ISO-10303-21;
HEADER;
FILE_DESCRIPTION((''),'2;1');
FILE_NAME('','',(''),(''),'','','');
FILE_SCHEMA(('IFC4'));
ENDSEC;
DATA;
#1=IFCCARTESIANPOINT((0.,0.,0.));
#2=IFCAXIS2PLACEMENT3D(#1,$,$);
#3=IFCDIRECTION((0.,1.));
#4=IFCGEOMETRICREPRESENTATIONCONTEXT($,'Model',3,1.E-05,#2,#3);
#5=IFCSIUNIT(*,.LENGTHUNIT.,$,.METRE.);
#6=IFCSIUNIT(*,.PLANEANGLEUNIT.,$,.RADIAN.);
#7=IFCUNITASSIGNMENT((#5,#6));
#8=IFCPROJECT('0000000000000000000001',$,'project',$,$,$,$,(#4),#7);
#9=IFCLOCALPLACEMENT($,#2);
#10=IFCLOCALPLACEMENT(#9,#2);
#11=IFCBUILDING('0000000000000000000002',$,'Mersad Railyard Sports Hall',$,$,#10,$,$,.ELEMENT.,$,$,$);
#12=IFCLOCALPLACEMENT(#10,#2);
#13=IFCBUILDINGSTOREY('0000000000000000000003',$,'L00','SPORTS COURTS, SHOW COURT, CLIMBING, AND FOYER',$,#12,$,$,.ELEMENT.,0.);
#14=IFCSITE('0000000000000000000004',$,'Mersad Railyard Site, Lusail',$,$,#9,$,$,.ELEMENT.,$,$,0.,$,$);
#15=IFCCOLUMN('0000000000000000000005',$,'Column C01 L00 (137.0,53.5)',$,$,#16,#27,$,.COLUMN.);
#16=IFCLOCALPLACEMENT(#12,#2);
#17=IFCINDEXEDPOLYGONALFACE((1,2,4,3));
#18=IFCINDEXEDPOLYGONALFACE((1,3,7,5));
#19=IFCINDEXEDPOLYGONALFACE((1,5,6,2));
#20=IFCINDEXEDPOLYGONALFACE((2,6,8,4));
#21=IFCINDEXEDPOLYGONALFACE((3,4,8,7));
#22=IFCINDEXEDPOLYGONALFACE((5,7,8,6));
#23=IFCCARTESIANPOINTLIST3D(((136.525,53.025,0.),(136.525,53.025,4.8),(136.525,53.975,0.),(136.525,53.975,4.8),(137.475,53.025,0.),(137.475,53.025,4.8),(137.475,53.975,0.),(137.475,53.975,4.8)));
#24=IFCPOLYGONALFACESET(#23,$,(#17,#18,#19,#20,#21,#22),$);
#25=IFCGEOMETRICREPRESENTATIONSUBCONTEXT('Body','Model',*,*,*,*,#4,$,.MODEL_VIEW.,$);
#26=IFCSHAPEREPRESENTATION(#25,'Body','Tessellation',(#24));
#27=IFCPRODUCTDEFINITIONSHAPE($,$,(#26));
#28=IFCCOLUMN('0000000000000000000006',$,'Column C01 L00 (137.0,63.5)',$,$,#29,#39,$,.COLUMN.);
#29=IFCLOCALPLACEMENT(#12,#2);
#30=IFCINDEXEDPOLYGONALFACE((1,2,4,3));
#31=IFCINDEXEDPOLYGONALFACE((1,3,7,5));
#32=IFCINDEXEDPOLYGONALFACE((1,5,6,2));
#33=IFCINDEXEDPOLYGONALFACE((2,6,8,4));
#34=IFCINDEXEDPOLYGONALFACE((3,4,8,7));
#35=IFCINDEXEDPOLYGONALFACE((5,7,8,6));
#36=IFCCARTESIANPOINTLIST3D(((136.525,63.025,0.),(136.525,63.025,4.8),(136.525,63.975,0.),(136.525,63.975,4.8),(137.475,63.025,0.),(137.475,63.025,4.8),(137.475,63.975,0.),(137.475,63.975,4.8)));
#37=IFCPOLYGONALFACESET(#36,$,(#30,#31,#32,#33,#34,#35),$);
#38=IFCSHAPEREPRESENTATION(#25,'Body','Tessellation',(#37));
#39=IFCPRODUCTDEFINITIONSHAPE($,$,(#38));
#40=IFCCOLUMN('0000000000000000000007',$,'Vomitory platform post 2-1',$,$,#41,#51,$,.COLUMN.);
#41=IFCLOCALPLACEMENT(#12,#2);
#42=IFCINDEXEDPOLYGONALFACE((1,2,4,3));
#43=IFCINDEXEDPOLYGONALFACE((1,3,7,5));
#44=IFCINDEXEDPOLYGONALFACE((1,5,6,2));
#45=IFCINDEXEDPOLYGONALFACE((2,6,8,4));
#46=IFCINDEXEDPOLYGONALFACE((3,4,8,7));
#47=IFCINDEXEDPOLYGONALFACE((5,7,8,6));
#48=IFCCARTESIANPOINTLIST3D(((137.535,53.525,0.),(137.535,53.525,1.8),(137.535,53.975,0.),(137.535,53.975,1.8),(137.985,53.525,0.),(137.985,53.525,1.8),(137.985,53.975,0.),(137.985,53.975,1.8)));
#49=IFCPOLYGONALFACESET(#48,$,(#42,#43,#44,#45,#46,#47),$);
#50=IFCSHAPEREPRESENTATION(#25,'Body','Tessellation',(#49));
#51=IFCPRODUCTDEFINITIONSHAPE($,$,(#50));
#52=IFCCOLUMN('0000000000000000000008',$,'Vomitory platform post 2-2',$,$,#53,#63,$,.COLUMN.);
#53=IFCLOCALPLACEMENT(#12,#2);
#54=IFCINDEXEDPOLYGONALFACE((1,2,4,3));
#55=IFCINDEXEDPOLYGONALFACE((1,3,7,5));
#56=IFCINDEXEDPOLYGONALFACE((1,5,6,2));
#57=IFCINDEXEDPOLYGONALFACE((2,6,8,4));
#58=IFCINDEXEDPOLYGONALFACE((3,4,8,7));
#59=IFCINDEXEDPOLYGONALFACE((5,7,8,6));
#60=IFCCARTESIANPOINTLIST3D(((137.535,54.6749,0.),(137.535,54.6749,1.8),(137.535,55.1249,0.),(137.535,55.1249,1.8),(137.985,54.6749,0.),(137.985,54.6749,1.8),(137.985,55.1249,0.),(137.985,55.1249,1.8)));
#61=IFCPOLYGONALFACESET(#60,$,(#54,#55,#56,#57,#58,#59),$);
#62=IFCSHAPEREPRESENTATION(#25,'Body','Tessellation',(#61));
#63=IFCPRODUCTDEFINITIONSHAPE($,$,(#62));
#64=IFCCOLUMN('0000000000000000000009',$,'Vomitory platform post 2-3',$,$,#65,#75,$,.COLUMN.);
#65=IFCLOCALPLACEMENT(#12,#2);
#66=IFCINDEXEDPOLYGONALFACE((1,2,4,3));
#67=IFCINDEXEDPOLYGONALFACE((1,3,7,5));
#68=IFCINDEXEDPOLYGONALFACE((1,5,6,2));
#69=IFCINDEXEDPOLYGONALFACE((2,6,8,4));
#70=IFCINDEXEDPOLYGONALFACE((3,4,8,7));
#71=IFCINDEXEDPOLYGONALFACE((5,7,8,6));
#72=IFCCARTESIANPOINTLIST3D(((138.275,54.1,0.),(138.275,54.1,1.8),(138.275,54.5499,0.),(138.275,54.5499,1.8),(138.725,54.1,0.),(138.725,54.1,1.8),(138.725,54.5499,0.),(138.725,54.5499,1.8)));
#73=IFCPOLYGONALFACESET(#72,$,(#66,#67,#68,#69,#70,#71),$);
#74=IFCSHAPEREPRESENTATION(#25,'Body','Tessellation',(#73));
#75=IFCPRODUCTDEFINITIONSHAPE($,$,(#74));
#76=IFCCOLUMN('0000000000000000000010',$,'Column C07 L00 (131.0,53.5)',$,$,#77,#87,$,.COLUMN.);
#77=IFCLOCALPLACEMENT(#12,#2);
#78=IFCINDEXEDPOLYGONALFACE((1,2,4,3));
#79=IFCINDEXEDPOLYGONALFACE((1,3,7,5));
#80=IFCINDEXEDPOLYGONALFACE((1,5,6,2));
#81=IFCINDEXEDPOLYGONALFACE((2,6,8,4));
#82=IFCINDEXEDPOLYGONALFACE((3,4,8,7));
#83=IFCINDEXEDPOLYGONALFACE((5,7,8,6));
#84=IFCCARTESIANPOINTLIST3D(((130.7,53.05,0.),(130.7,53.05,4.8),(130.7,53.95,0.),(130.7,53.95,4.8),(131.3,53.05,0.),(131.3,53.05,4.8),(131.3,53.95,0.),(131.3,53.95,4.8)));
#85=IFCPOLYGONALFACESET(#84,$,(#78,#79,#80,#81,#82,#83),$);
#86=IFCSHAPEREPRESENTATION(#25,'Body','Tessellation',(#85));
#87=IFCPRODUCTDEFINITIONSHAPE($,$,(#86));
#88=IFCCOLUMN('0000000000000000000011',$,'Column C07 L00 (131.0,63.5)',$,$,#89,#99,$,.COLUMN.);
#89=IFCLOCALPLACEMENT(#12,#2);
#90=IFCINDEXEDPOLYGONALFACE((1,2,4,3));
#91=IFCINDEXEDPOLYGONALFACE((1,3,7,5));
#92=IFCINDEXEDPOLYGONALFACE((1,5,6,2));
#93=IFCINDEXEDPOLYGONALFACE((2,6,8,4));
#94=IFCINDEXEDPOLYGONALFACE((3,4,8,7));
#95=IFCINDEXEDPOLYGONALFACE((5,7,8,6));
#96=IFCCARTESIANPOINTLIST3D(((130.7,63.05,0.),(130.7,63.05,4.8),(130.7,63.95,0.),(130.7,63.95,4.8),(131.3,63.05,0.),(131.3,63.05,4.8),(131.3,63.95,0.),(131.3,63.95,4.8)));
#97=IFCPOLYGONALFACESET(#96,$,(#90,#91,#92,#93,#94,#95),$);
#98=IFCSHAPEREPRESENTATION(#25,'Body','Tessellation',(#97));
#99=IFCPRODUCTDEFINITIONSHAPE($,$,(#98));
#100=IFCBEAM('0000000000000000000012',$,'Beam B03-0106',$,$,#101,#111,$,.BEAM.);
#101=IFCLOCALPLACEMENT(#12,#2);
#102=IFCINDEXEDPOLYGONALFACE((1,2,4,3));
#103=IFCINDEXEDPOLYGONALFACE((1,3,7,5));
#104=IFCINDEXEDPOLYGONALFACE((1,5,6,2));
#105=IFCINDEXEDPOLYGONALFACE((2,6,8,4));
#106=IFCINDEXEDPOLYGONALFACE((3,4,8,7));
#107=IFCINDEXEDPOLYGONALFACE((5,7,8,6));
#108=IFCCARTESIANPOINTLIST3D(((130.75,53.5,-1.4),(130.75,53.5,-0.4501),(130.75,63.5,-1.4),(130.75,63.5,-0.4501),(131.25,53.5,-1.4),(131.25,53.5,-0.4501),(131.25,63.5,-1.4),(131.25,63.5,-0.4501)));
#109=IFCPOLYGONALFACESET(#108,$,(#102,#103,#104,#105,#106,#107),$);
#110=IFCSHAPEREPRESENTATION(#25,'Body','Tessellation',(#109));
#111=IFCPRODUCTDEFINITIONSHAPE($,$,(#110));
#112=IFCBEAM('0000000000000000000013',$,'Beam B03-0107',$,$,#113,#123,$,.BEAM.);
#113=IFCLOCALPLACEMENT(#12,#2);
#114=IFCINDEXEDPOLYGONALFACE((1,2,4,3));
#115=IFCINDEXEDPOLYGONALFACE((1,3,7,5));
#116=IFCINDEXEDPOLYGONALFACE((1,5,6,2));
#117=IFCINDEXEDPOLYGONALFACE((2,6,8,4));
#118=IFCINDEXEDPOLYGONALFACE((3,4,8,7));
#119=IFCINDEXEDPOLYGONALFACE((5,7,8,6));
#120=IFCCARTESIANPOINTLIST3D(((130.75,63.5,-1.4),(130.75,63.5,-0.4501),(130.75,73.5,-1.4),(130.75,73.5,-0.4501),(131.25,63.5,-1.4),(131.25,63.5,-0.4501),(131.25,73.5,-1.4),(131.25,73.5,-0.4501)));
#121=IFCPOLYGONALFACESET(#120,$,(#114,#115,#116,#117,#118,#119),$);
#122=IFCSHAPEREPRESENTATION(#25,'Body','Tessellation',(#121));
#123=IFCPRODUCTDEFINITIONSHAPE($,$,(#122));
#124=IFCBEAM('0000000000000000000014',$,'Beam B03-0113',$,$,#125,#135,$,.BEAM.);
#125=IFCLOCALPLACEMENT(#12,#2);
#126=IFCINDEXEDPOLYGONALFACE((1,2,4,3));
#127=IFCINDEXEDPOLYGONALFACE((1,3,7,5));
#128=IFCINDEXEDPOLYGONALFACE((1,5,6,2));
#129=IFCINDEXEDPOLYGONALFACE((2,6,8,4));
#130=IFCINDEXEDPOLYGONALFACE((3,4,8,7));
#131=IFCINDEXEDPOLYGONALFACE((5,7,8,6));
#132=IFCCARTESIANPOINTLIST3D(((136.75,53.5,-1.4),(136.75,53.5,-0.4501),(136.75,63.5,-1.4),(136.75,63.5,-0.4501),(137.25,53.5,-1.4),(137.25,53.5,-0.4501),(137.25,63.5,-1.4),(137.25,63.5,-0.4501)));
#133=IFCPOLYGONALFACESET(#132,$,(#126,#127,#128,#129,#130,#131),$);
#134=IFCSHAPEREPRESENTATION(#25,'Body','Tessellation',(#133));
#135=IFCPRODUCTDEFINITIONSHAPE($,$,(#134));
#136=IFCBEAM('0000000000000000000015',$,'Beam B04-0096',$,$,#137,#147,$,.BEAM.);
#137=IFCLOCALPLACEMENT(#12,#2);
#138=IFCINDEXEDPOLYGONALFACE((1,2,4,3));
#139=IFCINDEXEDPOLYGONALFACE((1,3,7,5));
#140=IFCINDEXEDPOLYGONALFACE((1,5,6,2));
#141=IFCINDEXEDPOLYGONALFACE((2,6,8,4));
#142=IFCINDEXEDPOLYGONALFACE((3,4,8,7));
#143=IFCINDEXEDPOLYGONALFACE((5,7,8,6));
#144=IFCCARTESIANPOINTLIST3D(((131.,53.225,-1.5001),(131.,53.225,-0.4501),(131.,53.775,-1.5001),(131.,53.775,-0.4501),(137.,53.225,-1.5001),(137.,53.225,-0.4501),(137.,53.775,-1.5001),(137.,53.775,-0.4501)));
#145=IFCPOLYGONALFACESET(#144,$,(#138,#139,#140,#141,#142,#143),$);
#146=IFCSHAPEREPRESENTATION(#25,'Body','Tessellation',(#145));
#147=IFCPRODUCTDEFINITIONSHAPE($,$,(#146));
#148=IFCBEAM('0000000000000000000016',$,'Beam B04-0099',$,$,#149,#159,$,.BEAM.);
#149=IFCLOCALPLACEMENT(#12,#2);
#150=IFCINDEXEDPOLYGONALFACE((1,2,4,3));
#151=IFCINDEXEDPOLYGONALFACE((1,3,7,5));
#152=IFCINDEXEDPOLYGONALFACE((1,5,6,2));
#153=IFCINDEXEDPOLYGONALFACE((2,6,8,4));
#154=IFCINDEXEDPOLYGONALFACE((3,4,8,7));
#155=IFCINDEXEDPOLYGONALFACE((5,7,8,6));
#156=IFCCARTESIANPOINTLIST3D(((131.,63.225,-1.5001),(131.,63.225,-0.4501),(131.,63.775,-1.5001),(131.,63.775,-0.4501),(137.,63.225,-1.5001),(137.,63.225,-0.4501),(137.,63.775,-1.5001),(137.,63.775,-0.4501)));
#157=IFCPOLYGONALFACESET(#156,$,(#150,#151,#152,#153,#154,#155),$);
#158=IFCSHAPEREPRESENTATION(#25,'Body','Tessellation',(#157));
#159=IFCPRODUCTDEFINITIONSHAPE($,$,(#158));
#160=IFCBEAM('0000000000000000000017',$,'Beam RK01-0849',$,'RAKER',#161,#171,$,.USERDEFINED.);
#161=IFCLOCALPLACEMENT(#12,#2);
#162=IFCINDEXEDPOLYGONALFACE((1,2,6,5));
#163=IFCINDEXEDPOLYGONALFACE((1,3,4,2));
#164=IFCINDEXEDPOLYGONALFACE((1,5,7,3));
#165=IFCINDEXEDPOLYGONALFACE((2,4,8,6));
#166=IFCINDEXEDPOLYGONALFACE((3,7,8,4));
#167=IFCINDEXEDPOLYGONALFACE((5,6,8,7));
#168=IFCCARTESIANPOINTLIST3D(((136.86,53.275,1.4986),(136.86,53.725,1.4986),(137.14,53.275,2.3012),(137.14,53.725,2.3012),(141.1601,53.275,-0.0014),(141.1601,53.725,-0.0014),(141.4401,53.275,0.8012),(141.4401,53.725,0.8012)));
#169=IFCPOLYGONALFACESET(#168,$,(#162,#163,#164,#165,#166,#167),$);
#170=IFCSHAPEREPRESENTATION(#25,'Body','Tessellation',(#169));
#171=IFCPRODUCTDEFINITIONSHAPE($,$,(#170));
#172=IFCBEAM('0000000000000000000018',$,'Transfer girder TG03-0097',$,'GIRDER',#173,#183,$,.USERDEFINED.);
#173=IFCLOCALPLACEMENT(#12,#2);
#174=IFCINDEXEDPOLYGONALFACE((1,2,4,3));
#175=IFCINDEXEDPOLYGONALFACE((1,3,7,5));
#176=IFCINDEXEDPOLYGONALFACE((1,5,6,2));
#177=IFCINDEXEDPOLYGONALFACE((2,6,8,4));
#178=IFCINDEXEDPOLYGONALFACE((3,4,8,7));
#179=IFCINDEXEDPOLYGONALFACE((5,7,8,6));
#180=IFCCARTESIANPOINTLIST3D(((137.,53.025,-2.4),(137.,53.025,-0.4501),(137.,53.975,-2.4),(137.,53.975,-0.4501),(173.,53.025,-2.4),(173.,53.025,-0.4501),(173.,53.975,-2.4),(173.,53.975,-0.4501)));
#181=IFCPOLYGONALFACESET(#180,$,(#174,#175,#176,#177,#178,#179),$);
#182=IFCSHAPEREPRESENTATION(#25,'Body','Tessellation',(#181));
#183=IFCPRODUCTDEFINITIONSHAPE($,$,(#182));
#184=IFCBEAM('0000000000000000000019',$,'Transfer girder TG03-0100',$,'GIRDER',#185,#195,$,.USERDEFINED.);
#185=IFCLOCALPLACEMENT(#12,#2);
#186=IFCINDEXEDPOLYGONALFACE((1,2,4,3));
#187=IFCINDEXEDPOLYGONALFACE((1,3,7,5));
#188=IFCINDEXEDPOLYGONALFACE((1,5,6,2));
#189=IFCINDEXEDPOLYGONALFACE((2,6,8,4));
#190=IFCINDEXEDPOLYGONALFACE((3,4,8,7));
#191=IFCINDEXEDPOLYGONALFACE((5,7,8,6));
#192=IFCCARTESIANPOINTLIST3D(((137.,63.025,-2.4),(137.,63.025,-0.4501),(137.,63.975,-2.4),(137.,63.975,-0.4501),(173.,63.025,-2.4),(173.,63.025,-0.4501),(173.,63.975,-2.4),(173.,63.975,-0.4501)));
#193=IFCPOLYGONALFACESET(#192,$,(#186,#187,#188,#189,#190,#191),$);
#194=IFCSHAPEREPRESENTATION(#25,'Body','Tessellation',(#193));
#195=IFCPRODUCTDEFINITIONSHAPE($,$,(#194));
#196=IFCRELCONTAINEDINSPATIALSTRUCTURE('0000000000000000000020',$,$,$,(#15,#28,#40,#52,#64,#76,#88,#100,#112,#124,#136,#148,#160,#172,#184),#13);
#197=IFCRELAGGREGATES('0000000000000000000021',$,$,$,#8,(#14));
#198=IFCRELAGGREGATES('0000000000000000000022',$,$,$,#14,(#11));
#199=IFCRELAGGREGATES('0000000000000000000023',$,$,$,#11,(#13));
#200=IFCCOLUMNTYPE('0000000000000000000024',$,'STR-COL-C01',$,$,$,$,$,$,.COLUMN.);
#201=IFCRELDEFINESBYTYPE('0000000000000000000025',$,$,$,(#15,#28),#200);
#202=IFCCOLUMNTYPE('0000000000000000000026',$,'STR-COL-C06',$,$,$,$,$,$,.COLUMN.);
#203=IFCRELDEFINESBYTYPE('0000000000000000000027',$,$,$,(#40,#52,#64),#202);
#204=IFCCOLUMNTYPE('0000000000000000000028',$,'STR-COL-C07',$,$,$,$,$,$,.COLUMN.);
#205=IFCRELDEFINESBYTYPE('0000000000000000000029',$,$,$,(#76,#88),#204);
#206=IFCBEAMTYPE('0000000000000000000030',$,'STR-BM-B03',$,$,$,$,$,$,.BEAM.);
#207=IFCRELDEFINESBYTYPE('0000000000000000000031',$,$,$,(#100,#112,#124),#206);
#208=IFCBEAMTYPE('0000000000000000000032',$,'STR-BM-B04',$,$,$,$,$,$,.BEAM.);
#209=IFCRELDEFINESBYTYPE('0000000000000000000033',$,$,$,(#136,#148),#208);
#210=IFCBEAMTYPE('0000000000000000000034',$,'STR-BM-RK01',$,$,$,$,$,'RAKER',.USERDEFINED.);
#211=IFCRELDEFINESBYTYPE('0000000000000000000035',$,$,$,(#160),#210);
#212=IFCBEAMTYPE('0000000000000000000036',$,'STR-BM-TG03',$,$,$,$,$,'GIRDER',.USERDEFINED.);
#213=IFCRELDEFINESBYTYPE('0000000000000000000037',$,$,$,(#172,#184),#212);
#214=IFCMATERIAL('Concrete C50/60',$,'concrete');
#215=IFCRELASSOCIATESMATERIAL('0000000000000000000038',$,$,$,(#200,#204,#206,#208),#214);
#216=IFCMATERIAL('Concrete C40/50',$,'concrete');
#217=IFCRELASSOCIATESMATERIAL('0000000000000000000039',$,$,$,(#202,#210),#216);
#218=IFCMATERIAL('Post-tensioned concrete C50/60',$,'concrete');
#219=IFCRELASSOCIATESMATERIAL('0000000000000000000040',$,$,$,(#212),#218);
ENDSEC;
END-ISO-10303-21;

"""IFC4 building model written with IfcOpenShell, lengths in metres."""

from ifc_helpers import new_model, si_unit, direction, frame, origin, origin_2d, place, context, subcontext, project, spatial, rectangle, extrude, material, material_profile, profile_set, type_object, element, save


model = new_model("IFC4")

# Units and contexts
model_context = context("Model", 3, precision=1e-05, world=origin(), true_north=direction((0.0, 1.0)))
body_context = subcontext(model_context, "Body", "Model", "MODEL_VIEW")
ifc_project = project(units=[si_unit("LENGTHUNIT", "METRE"), si_unit("PLANEANGLEUNIT", "RADIAN")], contexts=[model_context])

# Site, building, storey
site_placement = place(None, origin())
site = spatial("IfcSite", under=ifc_project, at=site_placement, Name="Mersad Railyard Site, Lusail", CompositionType="ELEMENT", RefElevation=0.0)
building_placement = place(site_placement, origin())
building = spatial("IfcBuilding", under=site, at=building_placement, Name="Mersad Railyard Sports Hall", CompositionType="ELEMENT")
storey_placement = place(building_placement, origin())
storey = spatial("IfcBuildingStorey", under=building, at=storey_placement, Name="L00", Description="SPORTS COURTS, SHOW COURT, CLIMBING, AND FOYER", CompositionType="ELEMENT", Elevation=0.0)

# Columns
ifc_material_1 = material(Name="Concrete C50/60", Category="concrete")
ifc_material_profile_1 = material_profile(ifc_material_1, rectangle(XDim=0.95, YDim=0.95, at=origin_2d()), Name="RC 950x950")
ifc_profile_set_1 = profile_set([ifc_material_profile_1], Name="Concrete C50/60")
column_type_1 = type_object("IfcColumnType", Name="STR-COL-C01", PredefinedType="COLUMN", material=ifc_profile_set_1)
for number, where, z_axis, x_axis, name in (
    (1, (137.0, 53.5, 0.0), (0.0, 0.0, 1.0), (1.0, 0.0, 0.0), "Column C01 L00 (137.0,53.5)"),
    (2, (137.0, 63.5, 0.0), (0.0, 0.0, 1.0), (1.0, 0.0, 0.0), "Column C01 L00 (137.0,63.5)"),
):
    element("IfcColumn", number, at=place(storey_placement, frame(where, z_axis=z_axis, x_axis=x_axis)), inside=storey, type_object=column_type_1, Name=name, PredefinedType="COLUMN", context=body_context, shape_type="SweptSolid", body=[
        extrude(rectangle(XDim=0.95, YDim=0.95, at=origin_2d()), origin(), (0.0, 0.0, 1.0), 4.8),
    ])
ifc_material_2 = material(Name="Concrete C40/50", Category="concrete")
ifc_material_profile_2 = material_profile(ifc_material_2, rectangle(XDim=0.45, YDim=0.45, at=origin_2d()), Name="RC 450x450")
ifc_profile_set_2 = profile_set([ifc_material_profile_2], Name="Concrete C40/50")
column_type_2 = type_object("IfcColumnType", Name="STR-COL-C06", PredefinedType="COLUMN", material=ifc_profile_set_2)
for number, where, z_axis, x_axis, name in (
    (3, (137.76, 53.75, 0.0), (0.0, 0.0, 1.0), (1.0, 0.0, 0.0), "Vomitory platform post 2-1"),
    (4, (137.76, 54.8999, 0.0), (0.0, 0.0, 1.0), (1.0, 0.0, 0.0), "Vomitory platform post 2-2"),
    (5, (138.5, 54.325, 0.0), (0.0, 0.0, 1.0), (1.0, 0.0, 0.0), "Vomitory platform post 2-3"),
):
    element("IfcColumn", number, at=place(storey_placement, frame(where, z_axis=z_axis, x_axis=x_axis)), inside=storey, type_object=column_type_2, Name=name, PredefinedType="COLUMN", context=body_context, shape_type="SweptSolid", body=[
        extrude(rectangle(XDim=0.45, YDim=0.45, at=origin_2d()), origin(), (0.0, 0.0, 1.0), 1.8),
    ])
ifc_material_profile_3 = material_profile(ifc_material_1, rectangle(XDim=0.6001, YDim=0.8999, at=origin_2d()), Name="RC 600x900")
ifc_profile_set_3 = profile_set([ifc_material_profile_3], Name="Concrete C50/60")
column_type_3 = type_object("IfcColumnType", Name="STR-COL-C07", PredefinedType="COLUMN", material=ifc_profile_set_3)
for number, where, z_axis, x_axis, name in (
    (6, (131.0, 53.5, 0.0), (0.0, 0.0, 1.0), (1.0, 0.0, 0.0), "Column C07 L00 (131.0,53.5)"),
    (7, (131.0, 63.5, 0.0), (0.0, 0.0, 1.0), (1.0, 0.0, 0.0), "Column C07 L00 (131.0,63.5)"),
):
    element("IfcColumn", number, at=place(storey_placement, frame(where, z_axis=z_axis, x_axis=x_axis)), inside=storey, type_object=column_type_3, Name=name, PredefinedType="COLUMN", context=body_context, shape_type="SweptSolid", body=[
        extrude(rectangle(XDim=0.6001, YDim=0.8999, at=origin_2d()), origin(), (0.0, 0.0, 1.0), 4.8),
    ])

# Beams
ifc_material_profile_4 = material_profile(ifc_material_1, rectangle(XDim=0.5, YDim=0.95, at=origin_2d()), Name="RC 500x950")
ifc_profile_set_4 = profile_set([ifc_material_profile_4], Name="Concrete C50/60")
beam_type_1 = type_object("IfcBeamType", Name="STR-BM-B03", PredefinedType="BEAM", material=ifc_profile_set_4)
for number, where, z_axis, x_axis, name in (
    (8, (131.0, 53.5, -0.925), (0.0, 1.0, 0.0), (-1.0, 0.0, 0.0), "Beam B03-0106"),
    (9, (131.0, 63.5, -0.925), (0.0, 1.0, 0.0), (-1.0, 0.0, 0.0), "Beam B03-0107"),
    (10, (137.0, 53.5, -0.925), (0.0, 1.0, 0.0), (-1.0, 0.0, 0.0), "Beam B03-0113"),
):
    element("IfcBeam", number, at=place(storey_placement, frame(where, z_axis=z_axis, x_axis=x_axis)), inside=storey, type_object=beam_type_1, Name=name, PredefinedType="BEAM", context=body_context, shape_type="SweptSolid", body=[
        extrude(rectangle(XDim=0.5, YDim=0.95, at=origin_2d()), origin(), (0.0, 0.0, 1.0), 10.0),
    ])
ifc_material_profile_5 = material_profile(ifc_material_1, rectangle(XDim=0.55, YDim=1.05, at=origin_2d()), Name="RC 550x1050")
ifc_profile_set_5 = profile_set([ifc_material_profile_5], Name="Concrete C50/60")
beam_type_2 = type_object("IfcBeamType", Name="STR-BM-B04", PredefinedType="BEAM", material=ifc_profile_set_5)
for number, where, z_axis, x_axis, name in (
    (11, (131.0, 53.5, -0.9751), (1.0, 0.0, 0.0), (0.0, 1.0, 0.0), "Beam B04-0096"),
    (12, (131.0, 63.5, -0.9751), (1.0, 0.0, 0.0), (0.0, 1.0, 0.0), "Beam B04-0099"),
):
    element("IfcBeam", number, at=place(storey_placement, frame(where, z_axis=z_axis, x_axis=x_axis)), inside=storey, type_object=beam_type_2, Name=name, PredefinedType="BEAM", context=body_context, shape_type="SweptSolid", body=[
        extrude(rectangle(XDim=0.55, YDim=1.05, at=origin_2d()), origin(), (0.0, 0.0, 1.0), 6.0),
    ])
ifc_material_profile_6 = material_profile(ifc_material_2, rectangle(XDim=0.45, YDim=0.8501, at=origin_2d()), Name="RC 450x850")
ifc_profile_set_6 = profile_set([ifc_material_profile_6], Name="Concrete C40/50")
beam_type_3 = type_object("IfcBeamType", Name="STR-BM-RK01", ElementType="RAKER", PredefinedType="USERDEFINED", material=ifc_profile_set_6)
beam_placement = place(storey_placement, frame((137.0, 53.5, 1.8999), z_axis=(0.944201, 0.0, -0.329369), x_axis=(0.0, 1.0, 0.0)))
element("IfcBeam", 13, at=beam_placement, inside=storey, type_object=beam_type_3, Name="Beam RK01-0849", ObjectType="RAKER", PredefinedType="USERDEFINED", context=body_context, shape_type="SweptSolid", body=[
    extrude(rectangle(XDim=0.45, YDim=0.8501, at=origin_2d()), origin(), (0.0, 0.0, 1.0), 4.5542),
])
ifc_material_3 = material(Name="Post-tensioned concrete C50/60", Category="concrete")
ifc_material_profile_7 = material_profile(ifc_material_3, rectangle(XDim=0.95, YDim=1.95, at=origin_2d()), Name="PT 950x1950")
ifc_profile_set_7 = profile_set([ifc_material_profile_7], Name="Post-tensioned concrete C50/60")
beam_type_4 = type_object("IfcBeamType", Name="STR-BM-TG03", ElementType="GIRDER", PredefinedType="USERDEFINED", material=ifc_profile_set_7)
for number, where, z_axis, x_axis, name in (
    (14, (137.0, 53.5, -1.425), (1.0, 0.0, 0.0), (0.0, 1.0, 0.0), "Transfer girder TG03-0097"),
    (15, (137.0, 63.5, -1.425), (1.0, 0.0, 0.0), (0.0, 1.0, 0.0), "Transfer girder TG03-0100"),
):
    element("IfcBeam", number, at=place(storey_placement, frame(where, z_axis=z_axis, x_axis=x_axis)), inside=storey, type_object=beam_type_4, Name=name, ObjectType="GIRDER", PredefinedType="USERDEFINED", context=body_context, shape_type="SweptSolid", body=[
        extrude(rectangle(XDim=0.95, YDim=1.95, at=origin_2d()), origin(), (0.0, 0.0, 1.0), 36.0),
    ])

save(model, "model.ifc")
